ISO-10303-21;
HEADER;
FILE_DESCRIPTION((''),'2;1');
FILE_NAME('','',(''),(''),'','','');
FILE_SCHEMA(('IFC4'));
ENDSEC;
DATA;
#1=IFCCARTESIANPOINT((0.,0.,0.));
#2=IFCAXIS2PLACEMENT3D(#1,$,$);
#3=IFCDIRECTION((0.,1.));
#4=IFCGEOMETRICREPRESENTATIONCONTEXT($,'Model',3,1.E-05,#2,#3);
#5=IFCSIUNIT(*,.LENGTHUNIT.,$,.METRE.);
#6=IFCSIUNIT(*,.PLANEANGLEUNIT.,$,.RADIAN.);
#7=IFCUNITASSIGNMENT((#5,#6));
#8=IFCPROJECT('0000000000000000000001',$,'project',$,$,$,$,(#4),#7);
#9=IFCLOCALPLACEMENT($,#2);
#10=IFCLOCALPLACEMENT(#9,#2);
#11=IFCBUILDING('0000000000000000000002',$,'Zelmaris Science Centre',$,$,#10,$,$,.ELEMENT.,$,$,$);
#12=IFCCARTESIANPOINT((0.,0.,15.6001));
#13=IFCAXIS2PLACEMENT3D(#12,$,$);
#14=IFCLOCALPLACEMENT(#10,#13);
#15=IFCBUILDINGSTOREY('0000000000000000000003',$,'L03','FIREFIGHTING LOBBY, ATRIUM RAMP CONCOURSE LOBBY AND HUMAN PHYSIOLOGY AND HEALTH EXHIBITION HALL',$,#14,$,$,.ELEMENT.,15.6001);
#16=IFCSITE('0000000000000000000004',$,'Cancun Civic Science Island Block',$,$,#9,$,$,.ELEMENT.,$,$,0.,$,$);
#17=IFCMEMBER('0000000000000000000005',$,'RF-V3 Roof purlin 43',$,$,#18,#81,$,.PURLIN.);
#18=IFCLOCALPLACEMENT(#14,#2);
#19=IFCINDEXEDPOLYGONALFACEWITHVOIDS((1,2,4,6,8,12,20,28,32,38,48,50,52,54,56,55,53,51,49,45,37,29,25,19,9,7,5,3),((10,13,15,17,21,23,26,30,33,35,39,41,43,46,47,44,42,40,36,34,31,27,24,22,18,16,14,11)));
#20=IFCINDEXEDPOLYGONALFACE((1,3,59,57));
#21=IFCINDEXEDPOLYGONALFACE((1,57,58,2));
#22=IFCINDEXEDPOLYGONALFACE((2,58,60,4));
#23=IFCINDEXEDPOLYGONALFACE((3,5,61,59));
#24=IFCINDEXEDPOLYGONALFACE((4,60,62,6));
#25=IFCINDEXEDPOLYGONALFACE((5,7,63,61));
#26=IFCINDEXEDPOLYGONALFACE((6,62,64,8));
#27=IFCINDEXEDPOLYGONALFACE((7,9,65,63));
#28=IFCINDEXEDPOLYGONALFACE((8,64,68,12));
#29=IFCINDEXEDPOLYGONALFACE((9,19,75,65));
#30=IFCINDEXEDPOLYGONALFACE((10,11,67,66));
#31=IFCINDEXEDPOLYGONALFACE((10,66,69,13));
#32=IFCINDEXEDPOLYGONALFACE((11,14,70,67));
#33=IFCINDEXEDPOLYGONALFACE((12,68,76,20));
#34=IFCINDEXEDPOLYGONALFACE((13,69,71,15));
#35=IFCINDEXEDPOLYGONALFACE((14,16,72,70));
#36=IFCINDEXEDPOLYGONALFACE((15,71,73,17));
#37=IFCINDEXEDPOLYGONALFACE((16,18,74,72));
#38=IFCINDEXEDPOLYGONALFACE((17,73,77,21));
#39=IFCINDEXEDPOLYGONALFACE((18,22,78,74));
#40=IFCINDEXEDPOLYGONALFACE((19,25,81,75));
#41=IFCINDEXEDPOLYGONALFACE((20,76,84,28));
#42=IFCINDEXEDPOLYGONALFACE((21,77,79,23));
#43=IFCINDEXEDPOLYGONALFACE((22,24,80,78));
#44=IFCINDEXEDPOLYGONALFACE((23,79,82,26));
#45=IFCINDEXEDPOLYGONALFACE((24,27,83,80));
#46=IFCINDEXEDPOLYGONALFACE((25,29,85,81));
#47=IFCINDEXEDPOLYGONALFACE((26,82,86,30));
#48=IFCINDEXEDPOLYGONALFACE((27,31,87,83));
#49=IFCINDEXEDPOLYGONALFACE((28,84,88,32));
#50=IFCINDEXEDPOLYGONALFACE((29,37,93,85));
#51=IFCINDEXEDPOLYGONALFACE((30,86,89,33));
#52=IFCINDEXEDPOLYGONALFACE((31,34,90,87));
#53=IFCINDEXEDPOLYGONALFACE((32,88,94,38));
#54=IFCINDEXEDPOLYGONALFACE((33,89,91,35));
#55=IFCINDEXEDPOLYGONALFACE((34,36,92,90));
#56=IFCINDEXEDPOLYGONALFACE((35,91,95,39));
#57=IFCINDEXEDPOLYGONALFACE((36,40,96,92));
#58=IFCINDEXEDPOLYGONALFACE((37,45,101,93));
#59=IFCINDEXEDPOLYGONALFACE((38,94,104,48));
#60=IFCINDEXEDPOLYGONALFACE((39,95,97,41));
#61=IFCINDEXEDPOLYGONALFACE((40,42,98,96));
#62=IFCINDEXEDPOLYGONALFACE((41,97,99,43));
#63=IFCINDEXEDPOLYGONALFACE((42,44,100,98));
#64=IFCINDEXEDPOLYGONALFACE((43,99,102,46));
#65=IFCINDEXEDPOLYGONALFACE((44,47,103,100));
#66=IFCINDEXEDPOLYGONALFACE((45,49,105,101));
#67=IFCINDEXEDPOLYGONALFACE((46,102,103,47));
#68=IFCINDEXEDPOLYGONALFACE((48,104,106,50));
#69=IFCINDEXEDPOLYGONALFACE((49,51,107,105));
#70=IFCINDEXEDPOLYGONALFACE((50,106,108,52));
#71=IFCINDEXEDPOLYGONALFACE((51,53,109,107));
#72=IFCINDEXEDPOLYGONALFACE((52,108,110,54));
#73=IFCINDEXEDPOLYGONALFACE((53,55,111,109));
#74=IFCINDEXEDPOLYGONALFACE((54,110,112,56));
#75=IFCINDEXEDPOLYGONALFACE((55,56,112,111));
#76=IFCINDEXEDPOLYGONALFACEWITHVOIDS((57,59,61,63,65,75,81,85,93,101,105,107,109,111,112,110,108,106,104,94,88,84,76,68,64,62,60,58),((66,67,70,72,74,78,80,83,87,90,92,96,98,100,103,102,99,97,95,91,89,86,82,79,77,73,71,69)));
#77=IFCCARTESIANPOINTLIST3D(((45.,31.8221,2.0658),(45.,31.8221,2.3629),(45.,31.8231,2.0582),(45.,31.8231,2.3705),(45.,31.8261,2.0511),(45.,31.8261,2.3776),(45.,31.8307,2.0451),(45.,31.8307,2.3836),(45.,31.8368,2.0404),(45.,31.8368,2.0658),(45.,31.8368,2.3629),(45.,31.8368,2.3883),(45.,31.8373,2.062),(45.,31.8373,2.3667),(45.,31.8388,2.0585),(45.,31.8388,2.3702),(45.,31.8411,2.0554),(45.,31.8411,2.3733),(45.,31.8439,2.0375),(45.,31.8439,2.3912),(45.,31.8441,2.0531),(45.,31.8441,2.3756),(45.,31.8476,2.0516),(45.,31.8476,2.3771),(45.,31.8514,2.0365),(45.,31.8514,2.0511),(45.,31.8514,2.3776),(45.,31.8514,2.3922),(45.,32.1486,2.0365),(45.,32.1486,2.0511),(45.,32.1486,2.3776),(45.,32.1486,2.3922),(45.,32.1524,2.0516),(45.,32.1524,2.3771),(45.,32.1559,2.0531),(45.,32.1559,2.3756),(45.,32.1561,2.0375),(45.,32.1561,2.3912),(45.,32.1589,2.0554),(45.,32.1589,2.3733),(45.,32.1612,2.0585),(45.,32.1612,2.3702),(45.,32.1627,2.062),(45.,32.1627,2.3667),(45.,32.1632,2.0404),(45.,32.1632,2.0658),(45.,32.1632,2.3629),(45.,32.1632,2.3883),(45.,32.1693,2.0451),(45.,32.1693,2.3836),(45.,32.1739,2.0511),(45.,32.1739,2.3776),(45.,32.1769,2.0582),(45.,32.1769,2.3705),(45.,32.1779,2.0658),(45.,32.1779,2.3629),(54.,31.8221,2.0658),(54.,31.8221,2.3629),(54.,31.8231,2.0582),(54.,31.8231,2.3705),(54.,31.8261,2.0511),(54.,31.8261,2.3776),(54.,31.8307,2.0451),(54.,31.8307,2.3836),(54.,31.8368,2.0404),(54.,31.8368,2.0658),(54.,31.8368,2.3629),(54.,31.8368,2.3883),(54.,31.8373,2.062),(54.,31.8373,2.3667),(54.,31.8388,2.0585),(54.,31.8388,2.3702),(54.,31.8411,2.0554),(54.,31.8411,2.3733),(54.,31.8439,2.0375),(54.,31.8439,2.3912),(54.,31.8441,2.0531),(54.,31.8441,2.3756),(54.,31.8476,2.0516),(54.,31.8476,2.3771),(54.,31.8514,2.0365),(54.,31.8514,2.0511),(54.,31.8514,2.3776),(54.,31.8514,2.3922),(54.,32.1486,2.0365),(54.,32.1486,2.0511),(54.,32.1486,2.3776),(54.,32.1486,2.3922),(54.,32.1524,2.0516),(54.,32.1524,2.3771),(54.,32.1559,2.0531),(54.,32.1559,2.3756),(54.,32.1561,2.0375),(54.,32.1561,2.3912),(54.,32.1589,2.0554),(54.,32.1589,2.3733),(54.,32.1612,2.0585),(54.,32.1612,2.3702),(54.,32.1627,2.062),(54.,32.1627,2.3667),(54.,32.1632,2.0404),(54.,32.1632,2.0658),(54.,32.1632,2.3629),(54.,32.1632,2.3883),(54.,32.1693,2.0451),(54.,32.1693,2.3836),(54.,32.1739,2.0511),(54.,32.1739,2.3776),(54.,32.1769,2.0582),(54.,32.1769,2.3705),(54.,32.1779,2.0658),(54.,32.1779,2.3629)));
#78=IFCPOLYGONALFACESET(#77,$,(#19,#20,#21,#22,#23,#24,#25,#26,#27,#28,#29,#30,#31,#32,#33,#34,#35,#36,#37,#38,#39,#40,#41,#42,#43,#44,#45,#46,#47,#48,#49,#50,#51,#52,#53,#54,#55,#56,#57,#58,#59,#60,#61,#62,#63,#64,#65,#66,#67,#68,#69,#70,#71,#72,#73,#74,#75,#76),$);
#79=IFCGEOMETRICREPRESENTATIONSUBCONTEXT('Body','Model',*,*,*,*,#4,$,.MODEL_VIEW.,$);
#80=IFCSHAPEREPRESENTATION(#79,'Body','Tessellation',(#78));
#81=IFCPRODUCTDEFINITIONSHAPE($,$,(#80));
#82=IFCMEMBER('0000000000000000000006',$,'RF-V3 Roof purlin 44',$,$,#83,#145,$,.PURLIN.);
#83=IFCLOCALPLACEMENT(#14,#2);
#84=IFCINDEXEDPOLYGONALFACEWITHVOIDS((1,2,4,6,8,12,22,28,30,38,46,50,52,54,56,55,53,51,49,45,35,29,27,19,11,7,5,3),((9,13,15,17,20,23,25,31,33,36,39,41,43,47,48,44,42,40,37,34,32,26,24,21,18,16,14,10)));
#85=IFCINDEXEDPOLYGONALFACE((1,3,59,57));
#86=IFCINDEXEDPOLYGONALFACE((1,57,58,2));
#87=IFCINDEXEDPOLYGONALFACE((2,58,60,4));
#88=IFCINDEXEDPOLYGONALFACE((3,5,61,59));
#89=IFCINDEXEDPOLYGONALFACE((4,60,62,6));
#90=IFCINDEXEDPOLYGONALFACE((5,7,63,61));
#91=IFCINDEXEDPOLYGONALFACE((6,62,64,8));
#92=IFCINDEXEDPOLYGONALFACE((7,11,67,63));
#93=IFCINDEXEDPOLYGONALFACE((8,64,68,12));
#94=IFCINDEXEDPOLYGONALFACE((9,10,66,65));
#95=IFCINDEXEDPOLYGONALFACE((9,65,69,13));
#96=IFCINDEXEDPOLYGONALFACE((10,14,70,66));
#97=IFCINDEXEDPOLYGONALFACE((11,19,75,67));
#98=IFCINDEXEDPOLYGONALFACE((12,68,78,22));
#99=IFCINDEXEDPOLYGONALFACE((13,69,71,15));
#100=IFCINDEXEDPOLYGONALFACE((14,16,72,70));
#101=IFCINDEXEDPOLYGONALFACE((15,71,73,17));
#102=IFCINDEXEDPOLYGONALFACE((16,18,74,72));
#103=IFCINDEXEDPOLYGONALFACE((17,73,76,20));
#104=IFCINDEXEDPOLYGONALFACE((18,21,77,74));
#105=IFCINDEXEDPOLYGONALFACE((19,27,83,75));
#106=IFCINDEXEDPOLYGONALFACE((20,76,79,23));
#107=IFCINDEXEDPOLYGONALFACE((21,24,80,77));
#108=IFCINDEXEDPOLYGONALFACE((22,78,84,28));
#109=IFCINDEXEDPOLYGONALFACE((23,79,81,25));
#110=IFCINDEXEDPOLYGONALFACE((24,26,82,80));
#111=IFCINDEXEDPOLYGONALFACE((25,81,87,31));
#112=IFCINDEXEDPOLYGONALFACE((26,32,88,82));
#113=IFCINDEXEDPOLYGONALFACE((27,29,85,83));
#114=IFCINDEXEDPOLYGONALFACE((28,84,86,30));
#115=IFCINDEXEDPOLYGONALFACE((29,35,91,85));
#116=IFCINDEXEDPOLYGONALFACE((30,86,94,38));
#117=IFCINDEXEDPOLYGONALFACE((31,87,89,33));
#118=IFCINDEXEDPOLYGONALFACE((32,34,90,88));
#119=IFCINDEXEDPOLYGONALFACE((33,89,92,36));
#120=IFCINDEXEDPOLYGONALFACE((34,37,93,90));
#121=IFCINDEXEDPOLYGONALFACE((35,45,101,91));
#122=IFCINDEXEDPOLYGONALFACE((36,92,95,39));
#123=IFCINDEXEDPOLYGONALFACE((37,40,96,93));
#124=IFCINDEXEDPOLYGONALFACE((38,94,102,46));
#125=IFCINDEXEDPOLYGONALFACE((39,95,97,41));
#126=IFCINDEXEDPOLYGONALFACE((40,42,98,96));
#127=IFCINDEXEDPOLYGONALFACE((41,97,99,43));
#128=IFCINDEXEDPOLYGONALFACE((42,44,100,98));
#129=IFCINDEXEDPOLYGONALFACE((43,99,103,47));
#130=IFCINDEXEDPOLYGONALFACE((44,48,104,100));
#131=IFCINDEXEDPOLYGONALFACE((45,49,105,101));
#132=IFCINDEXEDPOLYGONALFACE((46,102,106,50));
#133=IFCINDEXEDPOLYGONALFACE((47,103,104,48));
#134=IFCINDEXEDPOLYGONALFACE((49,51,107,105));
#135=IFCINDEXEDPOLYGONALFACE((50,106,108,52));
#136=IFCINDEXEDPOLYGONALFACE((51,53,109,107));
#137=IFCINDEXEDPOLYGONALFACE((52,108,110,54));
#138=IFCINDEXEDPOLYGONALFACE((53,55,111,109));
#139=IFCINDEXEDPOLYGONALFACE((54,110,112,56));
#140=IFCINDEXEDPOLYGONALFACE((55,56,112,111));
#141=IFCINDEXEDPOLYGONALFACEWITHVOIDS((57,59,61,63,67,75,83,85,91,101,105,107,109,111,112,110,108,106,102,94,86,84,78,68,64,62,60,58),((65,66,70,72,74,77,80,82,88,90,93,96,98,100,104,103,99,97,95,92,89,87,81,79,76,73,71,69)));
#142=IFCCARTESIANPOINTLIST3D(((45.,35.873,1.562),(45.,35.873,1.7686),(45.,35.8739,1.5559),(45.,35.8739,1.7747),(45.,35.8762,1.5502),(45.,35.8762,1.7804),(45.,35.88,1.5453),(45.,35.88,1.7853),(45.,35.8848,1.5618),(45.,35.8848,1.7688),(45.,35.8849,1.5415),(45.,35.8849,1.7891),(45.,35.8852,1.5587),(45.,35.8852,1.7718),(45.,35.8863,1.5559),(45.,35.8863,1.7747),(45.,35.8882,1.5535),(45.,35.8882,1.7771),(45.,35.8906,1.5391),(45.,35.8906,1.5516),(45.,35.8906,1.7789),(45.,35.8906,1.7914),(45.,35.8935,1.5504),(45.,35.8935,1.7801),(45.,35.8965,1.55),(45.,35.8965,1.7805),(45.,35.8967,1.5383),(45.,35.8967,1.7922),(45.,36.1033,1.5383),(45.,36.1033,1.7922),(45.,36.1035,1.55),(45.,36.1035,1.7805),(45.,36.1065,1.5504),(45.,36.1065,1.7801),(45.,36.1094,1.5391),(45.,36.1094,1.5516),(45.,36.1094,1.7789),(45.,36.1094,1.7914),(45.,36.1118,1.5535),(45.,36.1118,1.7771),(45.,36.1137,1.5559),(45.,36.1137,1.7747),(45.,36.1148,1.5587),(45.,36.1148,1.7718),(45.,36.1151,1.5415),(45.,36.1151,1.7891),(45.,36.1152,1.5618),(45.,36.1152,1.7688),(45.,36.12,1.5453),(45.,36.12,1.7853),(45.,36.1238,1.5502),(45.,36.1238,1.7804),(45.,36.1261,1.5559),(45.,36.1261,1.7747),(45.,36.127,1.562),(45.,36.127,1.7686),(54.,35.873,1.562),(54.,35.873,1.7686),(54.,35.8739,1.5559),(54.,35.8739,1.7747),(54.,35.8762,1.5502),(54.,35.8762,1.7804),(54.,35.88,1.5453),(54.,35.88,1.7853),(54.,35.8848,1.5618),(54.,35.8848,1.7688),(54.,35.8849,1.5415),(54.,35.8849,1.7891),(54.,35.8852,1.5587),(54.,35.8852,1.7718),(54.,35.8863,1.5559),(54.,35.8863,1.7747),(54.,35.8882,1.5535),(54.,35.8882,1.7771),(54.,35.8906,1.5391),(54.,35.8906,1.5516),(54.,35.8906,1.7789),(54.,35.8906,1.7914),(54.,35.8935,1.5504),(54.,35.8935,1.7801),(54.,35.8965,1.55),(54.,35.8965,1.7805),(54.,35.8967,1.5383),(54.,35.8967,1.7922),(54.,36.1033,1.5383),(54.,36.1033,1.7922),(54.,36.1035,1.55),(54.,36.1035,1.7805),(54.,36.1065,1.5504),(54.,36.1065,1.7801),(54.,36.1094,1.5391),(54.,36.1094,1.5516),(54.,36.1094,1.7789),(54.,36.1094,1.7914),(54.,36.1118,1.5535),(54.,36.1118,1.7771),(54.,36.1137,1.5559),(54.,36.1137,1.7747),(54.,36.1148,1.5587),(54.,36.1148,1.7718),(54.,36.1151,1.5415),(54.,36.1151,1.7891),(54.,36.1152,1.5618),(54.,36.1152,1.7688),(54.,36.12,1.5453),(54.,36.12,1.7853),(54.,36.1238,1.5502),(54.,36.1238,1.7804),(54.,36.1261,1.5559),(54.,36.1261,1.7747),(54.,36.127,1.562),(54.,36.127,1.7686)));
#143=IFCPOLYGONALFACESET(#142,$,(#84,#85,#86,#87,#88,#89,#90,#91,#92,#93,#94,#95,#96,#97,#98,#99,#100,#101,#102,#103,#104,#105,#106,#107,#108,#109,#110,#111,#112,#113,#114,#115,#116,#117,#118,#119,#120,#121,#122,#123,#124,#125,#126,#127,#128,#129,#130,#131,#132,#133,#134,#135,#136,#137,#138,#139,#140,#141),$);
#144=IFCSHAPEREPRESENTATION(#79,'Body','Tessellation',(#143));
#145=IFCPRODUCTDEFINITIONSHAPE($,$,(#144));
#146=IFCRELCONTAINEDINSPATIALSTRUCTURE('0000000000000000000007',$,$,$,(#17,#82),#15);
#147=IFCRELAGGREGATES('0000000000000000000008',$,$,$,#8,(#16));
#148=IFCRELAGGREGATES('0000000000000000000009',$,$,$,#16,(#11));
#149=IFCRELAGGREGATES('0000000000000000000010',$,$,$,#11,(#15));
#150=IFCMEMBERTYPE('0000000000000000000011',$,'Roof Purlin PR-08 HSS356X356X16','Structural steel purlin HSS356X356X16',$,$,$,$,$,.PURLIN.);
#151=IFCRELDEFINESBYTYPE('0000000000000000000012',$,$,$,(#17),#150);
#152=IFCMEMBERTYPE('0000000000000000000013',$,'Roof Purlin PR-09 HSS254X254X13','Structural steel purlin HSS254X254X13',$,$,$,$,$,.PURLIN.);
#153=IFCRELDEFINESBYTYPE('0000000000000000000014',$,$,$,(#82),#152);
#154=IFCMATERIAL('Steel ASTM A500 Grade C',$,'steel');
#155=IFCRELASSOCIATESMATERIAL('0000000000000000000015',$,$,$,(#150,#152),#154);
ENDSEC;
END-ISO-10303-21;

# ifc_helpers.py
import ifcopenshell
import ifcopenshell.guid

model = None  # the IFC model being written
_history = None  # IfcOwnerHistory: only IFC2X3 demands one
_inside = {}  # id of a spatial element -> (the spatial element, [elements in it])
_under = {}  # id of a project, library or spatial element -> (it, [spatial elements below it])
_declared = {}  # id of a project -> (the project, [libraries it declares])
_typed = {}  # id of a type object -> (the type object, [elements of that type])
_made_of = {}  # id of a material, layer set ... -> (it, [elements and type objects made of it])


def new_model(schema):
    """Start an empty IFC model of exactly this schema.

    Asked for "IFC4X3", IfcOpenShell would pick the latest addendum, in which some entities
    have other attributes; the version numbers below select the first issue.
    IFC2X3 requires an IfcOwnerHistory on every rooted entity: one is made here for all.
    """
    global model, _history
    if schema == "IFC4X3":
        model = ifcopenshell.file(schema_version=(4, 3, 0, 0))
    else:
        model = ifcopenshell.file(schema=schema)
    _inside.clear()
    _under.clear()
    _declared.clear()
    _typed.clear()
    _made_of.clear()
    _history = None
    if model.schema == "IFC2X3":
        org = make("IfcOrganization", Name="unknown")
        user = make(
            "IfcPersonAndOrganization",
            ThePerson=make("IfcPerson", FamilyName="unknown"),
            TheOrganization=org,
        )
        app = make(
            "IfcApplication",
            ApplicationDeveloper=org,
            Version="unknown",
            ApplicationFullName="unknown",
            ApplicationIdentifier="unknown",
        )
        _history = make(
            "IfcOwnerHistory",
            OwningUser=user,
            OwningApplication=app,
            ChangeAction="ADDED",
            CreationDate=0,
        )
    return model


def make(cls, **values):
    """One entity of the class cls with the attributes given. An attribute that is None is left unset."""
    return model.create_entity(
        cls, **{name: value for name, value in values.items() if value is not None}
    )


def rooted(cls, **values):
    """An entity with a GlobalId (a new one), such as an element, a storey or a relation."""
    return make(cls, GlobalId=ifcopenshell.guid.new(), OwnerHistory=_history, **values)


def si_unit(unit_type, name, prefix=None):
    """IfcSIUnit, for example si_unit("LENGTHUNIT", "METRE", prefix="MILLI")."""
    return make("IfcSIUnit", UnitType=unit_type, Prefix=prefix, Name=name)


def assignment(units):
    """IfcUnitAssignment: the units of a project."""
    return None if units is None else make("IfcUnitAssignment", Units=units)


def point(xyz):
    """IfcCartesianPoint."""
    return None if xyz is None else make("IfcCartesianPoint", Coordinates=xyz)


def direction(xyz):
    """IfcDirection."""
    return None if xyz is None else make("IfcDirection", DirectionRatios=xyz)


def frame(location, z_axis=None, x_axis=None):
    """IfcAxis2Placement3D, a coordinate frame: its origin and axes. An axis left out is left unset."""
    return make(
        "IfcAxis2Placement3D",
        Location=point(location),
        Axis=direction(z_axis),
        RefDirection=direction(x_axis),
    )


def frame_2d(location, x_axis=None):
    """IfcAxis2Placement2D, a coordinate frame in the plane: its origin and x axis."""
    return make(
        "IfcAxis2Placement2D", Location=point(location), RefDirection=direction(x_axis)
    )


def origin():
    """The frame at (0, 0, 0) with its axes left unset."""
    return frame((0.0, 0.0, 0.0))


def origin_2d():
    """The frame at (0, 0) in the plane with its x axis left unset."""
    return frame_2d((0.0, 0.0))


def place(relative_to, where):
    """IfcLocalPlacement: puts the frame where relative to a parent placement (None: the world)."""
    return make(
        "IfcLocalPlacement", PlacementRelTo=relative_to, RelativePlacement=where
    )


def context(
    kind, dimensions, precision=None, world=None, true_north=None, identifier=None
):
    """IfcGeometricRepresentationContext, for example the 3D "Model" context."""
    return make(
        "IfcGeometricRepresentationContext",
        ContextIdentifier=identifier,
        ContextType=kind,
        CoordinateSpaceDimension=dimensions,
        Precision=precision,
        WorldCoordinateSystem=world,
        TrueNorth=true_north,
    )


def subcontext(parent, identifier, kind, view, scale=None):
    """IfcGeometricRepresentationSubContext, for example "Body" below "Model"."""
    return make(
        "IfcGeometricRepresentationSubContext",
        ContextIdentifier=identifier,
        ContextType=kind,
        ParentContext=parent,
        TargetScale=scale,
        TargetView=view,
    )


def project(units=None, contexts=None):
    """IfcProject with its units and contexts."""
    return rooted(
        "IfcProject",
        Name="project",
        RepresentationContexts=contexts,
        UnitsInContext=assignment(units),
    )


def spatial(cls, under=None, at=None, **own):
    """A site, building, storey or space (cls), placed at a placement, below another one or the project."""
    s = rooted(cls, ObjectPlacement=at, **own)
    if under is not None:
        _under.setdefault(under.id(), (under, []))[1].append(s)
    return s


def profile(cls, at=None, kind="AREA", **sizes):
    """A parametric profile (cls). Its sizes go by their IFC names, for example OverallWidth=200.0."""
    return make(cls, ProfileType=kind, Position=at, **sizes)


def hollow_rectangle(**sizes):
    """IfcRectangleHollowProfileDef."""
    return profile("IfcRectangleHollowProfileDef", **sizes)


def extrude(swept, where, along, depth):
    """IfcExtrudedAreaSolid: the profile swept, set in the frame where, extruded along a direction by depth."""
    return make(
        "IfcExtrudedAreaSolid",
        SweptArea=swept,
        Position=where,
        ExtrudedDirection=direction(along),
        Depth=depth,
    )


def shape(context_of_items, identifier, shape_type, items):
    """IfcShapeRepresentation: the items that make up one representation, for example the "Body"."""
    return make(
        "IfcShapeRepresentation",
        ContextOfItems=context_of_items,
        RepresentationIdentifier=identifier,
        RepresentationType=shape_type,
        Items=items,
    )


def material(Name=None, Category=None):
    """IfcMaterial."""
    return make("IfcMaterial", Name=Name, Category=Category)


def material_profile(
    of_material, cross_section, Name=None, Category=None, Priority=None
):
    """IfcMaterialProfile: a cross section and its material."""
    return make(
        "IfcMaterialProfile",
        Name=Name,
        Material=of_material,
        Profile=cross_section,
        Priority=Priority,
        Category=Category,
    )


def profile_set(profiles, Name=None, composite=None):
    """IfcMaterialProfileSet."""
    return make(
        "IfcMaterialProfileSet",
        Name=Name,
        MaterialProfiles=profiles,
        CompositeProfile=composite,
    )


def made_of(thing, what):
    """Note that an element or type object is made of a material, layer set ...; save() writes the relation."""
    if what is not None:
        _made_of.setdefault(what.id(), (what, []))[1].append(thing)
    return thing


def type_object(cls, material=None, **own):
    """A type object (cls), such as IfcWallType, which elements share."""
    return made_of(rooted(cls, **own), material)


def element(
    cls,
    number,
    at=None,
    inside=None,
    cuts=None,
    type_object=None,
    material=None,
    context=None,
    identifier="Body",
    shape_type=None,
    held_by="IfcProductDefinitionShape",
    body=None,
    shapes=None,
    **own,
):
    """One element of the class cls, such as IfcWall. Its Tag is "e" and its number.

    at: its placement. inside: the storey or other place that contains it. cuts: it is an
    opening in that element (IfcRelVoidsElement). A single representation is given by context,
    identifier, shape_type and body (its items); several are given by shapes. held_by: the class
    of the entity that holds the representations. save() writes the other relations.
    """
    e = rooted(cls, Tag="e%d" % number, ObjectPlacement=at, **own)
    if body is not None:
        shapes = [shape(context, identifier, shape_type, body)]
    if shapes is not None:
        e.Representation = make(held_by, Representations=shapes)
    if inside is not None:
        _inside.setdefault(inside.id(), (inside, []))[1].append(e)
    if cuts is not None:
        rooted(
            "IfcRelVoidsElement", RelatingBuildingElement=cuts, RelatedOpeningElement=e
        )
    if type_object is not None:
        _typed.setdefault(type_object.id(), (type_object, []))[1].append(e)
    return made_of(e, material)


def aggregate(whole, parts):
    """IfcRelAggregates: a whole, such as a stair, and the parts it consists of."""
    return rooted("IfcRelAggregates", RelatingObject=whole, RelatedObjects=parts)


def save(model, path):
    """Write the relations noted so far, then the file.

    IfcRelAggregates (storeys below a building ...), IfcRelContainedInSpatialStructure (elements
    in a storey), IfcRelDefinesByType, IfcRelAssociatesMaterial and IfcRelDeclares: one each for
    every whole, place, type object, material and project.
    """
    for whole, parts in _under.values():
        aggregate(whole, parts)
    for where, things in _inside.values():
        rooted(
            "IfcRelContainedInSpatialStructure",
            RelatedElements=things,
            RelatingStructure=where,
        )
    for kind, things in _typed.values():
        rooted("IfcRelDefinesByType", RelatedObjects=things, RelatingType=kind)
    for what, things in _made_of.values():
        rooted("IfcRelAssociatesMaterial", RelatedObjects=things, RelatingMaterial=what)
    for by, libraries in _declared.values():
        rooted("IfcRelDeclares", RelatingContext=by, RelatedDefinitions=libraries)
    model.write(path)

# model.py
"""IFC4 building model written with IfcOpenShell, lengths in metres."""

from ifc_helpers import new_model, si_unit, direction, frame, origin, origin_2d, place, context, subcontext, project, spatial, hollow_rectangle, extrude, material, material_profile, profile_set, type_object, element, save


model = new_model("IFC4")

# Units and contexts
model_context = context("Model", 3, precision=1e-05, world=origin(), true_north=direction((0.0, 1.0)))
body_context = subcontext(model_context, "Body", "Model", "MODEL_VIEW")
ifc_project = project(units=[si_unit("LENGTHUNIT", "METRE"), si_unit("PLANEANGLEUNIT", "RADIAN")], contexts=[model_context])

# Site, building, storey
site_placement = place(None, origin())
site = spatial("IfcSite", under=ifc_project, at=site_placement, Name="Cancun Civic Science Island Block", CompositionType="ELEMENT", RefElevation=0.0)
building_placement = place(site_placement, origin())
building = spatial("IfcBuilding", under=site, at=building_placement, Name="Zelmaris Science Centre", CompositionType="ELEMENT")
storey_placement = place(building_placement, frame((0.0, 0.0, 15.6001)))
storey = spatial("IfcBuildingStorey", under=building, at=storey_placement, Name="L03", Description="FIREFIGHTING LOBBY, ATRIUM RAMP CONCOURSE LOBBY AND HUMAN PHYSIOLOGY AND HEALTH EXHIBITION HALL", CompositionType="ELEMENT", Elevation=15.6001)

# Shared definitions
ifc_material_1 = material(Name="Steel ASTM A500 Grade C", Category="steel")

# Members
ifc_material_profile_1 = material_profile(ifc_material_1, hollow_rectangle(XDim=0.3557, YDim=0.3557, WallThickness=0.0146, InnerFilletRadius=0.0146, OuterFilletRadius=0.0293, at=origin_2d()), Name="HSS356X356X16")
ifc_profile_set_1 = profile_set([ifc_material_profile_1], Name="Steel ASTM A500 Grade C")
member_type_1 = type_object("IfcMemberType", Name="Roof Purlin PR-08 HSS356X356X16", Description="Structural steel purlin HSS356X356X16", PredefinedType="PURLIN", material=ifc_profile_set_1)
member_1_placement = place(storey_placement, frame((45.0, 32.0, 2.2144), z_axis=(1.0, 0.0, 0.0), x_axis=(0.0, 1.0, 0.0)))
element("IfcMember", 1, at=member_1_placement, inside=storey, type_object=member_type_1, Name="RF-V3 Roof purlin 43", PredefinedType="PURLIN", context=body_context, shape_type="SweptSolid", body=[
    extrude(hollow_rectangle(XDim=0.3557, YDim=0.3557, WallThickness=0.0146, InnerFilletRadius=0.0146, OuterFilletRadius=0.0293, at=origin_2d()), origin(), (0.0, 0.0, 1.0), 9.0),
])
ifc_material_profile_2 = material_profile(ifc_material_1, hollow_rectangle(XDim=0.2539, YDim=0.2539, WallThickness=0.0117, InnerFilletRadius=0.0117, OuterFilletRadius=0.0237, at=origin_2d()), Name="HSS254X254X13")
ifc_profile_set_2 = profile_set([ifc_material_profile_2], Name="Steel ASTM A500 Grade C")
member_type_2 = type_object("IfcMemberType", Name="Roof Purlin PR-09 HSS254X254X13", Description="Structural steel purlin HSS254X254X13", PredefinedType="PURLIN", material=ifc_profile_set_2)
member_2_placement = place(storey_placement, frame((45.0, 36.0, 1.6653), z_axis=(1.0, 0.0, 0.0), x_axis=(0.0, 1.0, 0.0)))
element("IfcMember", 2, at=member_2_placement, inside=storey, type_object=member_type_2, Name="RF-V3 Roof purlin 44", PredefinedType="PURLIN", context=body_context, shape_type="SweptSolid", body=[
    extrude(hollow_rectangle(XDim=0.2539, YDim=0.2539, WallThickness=0.0117, InnerFilletRadius=0.0117, OuterFilletRadius=0.0237, at=origin_2d()), origin(), (0.0, 0.0, 1.0), 9.0),
])

save(model, "model.ifc")
